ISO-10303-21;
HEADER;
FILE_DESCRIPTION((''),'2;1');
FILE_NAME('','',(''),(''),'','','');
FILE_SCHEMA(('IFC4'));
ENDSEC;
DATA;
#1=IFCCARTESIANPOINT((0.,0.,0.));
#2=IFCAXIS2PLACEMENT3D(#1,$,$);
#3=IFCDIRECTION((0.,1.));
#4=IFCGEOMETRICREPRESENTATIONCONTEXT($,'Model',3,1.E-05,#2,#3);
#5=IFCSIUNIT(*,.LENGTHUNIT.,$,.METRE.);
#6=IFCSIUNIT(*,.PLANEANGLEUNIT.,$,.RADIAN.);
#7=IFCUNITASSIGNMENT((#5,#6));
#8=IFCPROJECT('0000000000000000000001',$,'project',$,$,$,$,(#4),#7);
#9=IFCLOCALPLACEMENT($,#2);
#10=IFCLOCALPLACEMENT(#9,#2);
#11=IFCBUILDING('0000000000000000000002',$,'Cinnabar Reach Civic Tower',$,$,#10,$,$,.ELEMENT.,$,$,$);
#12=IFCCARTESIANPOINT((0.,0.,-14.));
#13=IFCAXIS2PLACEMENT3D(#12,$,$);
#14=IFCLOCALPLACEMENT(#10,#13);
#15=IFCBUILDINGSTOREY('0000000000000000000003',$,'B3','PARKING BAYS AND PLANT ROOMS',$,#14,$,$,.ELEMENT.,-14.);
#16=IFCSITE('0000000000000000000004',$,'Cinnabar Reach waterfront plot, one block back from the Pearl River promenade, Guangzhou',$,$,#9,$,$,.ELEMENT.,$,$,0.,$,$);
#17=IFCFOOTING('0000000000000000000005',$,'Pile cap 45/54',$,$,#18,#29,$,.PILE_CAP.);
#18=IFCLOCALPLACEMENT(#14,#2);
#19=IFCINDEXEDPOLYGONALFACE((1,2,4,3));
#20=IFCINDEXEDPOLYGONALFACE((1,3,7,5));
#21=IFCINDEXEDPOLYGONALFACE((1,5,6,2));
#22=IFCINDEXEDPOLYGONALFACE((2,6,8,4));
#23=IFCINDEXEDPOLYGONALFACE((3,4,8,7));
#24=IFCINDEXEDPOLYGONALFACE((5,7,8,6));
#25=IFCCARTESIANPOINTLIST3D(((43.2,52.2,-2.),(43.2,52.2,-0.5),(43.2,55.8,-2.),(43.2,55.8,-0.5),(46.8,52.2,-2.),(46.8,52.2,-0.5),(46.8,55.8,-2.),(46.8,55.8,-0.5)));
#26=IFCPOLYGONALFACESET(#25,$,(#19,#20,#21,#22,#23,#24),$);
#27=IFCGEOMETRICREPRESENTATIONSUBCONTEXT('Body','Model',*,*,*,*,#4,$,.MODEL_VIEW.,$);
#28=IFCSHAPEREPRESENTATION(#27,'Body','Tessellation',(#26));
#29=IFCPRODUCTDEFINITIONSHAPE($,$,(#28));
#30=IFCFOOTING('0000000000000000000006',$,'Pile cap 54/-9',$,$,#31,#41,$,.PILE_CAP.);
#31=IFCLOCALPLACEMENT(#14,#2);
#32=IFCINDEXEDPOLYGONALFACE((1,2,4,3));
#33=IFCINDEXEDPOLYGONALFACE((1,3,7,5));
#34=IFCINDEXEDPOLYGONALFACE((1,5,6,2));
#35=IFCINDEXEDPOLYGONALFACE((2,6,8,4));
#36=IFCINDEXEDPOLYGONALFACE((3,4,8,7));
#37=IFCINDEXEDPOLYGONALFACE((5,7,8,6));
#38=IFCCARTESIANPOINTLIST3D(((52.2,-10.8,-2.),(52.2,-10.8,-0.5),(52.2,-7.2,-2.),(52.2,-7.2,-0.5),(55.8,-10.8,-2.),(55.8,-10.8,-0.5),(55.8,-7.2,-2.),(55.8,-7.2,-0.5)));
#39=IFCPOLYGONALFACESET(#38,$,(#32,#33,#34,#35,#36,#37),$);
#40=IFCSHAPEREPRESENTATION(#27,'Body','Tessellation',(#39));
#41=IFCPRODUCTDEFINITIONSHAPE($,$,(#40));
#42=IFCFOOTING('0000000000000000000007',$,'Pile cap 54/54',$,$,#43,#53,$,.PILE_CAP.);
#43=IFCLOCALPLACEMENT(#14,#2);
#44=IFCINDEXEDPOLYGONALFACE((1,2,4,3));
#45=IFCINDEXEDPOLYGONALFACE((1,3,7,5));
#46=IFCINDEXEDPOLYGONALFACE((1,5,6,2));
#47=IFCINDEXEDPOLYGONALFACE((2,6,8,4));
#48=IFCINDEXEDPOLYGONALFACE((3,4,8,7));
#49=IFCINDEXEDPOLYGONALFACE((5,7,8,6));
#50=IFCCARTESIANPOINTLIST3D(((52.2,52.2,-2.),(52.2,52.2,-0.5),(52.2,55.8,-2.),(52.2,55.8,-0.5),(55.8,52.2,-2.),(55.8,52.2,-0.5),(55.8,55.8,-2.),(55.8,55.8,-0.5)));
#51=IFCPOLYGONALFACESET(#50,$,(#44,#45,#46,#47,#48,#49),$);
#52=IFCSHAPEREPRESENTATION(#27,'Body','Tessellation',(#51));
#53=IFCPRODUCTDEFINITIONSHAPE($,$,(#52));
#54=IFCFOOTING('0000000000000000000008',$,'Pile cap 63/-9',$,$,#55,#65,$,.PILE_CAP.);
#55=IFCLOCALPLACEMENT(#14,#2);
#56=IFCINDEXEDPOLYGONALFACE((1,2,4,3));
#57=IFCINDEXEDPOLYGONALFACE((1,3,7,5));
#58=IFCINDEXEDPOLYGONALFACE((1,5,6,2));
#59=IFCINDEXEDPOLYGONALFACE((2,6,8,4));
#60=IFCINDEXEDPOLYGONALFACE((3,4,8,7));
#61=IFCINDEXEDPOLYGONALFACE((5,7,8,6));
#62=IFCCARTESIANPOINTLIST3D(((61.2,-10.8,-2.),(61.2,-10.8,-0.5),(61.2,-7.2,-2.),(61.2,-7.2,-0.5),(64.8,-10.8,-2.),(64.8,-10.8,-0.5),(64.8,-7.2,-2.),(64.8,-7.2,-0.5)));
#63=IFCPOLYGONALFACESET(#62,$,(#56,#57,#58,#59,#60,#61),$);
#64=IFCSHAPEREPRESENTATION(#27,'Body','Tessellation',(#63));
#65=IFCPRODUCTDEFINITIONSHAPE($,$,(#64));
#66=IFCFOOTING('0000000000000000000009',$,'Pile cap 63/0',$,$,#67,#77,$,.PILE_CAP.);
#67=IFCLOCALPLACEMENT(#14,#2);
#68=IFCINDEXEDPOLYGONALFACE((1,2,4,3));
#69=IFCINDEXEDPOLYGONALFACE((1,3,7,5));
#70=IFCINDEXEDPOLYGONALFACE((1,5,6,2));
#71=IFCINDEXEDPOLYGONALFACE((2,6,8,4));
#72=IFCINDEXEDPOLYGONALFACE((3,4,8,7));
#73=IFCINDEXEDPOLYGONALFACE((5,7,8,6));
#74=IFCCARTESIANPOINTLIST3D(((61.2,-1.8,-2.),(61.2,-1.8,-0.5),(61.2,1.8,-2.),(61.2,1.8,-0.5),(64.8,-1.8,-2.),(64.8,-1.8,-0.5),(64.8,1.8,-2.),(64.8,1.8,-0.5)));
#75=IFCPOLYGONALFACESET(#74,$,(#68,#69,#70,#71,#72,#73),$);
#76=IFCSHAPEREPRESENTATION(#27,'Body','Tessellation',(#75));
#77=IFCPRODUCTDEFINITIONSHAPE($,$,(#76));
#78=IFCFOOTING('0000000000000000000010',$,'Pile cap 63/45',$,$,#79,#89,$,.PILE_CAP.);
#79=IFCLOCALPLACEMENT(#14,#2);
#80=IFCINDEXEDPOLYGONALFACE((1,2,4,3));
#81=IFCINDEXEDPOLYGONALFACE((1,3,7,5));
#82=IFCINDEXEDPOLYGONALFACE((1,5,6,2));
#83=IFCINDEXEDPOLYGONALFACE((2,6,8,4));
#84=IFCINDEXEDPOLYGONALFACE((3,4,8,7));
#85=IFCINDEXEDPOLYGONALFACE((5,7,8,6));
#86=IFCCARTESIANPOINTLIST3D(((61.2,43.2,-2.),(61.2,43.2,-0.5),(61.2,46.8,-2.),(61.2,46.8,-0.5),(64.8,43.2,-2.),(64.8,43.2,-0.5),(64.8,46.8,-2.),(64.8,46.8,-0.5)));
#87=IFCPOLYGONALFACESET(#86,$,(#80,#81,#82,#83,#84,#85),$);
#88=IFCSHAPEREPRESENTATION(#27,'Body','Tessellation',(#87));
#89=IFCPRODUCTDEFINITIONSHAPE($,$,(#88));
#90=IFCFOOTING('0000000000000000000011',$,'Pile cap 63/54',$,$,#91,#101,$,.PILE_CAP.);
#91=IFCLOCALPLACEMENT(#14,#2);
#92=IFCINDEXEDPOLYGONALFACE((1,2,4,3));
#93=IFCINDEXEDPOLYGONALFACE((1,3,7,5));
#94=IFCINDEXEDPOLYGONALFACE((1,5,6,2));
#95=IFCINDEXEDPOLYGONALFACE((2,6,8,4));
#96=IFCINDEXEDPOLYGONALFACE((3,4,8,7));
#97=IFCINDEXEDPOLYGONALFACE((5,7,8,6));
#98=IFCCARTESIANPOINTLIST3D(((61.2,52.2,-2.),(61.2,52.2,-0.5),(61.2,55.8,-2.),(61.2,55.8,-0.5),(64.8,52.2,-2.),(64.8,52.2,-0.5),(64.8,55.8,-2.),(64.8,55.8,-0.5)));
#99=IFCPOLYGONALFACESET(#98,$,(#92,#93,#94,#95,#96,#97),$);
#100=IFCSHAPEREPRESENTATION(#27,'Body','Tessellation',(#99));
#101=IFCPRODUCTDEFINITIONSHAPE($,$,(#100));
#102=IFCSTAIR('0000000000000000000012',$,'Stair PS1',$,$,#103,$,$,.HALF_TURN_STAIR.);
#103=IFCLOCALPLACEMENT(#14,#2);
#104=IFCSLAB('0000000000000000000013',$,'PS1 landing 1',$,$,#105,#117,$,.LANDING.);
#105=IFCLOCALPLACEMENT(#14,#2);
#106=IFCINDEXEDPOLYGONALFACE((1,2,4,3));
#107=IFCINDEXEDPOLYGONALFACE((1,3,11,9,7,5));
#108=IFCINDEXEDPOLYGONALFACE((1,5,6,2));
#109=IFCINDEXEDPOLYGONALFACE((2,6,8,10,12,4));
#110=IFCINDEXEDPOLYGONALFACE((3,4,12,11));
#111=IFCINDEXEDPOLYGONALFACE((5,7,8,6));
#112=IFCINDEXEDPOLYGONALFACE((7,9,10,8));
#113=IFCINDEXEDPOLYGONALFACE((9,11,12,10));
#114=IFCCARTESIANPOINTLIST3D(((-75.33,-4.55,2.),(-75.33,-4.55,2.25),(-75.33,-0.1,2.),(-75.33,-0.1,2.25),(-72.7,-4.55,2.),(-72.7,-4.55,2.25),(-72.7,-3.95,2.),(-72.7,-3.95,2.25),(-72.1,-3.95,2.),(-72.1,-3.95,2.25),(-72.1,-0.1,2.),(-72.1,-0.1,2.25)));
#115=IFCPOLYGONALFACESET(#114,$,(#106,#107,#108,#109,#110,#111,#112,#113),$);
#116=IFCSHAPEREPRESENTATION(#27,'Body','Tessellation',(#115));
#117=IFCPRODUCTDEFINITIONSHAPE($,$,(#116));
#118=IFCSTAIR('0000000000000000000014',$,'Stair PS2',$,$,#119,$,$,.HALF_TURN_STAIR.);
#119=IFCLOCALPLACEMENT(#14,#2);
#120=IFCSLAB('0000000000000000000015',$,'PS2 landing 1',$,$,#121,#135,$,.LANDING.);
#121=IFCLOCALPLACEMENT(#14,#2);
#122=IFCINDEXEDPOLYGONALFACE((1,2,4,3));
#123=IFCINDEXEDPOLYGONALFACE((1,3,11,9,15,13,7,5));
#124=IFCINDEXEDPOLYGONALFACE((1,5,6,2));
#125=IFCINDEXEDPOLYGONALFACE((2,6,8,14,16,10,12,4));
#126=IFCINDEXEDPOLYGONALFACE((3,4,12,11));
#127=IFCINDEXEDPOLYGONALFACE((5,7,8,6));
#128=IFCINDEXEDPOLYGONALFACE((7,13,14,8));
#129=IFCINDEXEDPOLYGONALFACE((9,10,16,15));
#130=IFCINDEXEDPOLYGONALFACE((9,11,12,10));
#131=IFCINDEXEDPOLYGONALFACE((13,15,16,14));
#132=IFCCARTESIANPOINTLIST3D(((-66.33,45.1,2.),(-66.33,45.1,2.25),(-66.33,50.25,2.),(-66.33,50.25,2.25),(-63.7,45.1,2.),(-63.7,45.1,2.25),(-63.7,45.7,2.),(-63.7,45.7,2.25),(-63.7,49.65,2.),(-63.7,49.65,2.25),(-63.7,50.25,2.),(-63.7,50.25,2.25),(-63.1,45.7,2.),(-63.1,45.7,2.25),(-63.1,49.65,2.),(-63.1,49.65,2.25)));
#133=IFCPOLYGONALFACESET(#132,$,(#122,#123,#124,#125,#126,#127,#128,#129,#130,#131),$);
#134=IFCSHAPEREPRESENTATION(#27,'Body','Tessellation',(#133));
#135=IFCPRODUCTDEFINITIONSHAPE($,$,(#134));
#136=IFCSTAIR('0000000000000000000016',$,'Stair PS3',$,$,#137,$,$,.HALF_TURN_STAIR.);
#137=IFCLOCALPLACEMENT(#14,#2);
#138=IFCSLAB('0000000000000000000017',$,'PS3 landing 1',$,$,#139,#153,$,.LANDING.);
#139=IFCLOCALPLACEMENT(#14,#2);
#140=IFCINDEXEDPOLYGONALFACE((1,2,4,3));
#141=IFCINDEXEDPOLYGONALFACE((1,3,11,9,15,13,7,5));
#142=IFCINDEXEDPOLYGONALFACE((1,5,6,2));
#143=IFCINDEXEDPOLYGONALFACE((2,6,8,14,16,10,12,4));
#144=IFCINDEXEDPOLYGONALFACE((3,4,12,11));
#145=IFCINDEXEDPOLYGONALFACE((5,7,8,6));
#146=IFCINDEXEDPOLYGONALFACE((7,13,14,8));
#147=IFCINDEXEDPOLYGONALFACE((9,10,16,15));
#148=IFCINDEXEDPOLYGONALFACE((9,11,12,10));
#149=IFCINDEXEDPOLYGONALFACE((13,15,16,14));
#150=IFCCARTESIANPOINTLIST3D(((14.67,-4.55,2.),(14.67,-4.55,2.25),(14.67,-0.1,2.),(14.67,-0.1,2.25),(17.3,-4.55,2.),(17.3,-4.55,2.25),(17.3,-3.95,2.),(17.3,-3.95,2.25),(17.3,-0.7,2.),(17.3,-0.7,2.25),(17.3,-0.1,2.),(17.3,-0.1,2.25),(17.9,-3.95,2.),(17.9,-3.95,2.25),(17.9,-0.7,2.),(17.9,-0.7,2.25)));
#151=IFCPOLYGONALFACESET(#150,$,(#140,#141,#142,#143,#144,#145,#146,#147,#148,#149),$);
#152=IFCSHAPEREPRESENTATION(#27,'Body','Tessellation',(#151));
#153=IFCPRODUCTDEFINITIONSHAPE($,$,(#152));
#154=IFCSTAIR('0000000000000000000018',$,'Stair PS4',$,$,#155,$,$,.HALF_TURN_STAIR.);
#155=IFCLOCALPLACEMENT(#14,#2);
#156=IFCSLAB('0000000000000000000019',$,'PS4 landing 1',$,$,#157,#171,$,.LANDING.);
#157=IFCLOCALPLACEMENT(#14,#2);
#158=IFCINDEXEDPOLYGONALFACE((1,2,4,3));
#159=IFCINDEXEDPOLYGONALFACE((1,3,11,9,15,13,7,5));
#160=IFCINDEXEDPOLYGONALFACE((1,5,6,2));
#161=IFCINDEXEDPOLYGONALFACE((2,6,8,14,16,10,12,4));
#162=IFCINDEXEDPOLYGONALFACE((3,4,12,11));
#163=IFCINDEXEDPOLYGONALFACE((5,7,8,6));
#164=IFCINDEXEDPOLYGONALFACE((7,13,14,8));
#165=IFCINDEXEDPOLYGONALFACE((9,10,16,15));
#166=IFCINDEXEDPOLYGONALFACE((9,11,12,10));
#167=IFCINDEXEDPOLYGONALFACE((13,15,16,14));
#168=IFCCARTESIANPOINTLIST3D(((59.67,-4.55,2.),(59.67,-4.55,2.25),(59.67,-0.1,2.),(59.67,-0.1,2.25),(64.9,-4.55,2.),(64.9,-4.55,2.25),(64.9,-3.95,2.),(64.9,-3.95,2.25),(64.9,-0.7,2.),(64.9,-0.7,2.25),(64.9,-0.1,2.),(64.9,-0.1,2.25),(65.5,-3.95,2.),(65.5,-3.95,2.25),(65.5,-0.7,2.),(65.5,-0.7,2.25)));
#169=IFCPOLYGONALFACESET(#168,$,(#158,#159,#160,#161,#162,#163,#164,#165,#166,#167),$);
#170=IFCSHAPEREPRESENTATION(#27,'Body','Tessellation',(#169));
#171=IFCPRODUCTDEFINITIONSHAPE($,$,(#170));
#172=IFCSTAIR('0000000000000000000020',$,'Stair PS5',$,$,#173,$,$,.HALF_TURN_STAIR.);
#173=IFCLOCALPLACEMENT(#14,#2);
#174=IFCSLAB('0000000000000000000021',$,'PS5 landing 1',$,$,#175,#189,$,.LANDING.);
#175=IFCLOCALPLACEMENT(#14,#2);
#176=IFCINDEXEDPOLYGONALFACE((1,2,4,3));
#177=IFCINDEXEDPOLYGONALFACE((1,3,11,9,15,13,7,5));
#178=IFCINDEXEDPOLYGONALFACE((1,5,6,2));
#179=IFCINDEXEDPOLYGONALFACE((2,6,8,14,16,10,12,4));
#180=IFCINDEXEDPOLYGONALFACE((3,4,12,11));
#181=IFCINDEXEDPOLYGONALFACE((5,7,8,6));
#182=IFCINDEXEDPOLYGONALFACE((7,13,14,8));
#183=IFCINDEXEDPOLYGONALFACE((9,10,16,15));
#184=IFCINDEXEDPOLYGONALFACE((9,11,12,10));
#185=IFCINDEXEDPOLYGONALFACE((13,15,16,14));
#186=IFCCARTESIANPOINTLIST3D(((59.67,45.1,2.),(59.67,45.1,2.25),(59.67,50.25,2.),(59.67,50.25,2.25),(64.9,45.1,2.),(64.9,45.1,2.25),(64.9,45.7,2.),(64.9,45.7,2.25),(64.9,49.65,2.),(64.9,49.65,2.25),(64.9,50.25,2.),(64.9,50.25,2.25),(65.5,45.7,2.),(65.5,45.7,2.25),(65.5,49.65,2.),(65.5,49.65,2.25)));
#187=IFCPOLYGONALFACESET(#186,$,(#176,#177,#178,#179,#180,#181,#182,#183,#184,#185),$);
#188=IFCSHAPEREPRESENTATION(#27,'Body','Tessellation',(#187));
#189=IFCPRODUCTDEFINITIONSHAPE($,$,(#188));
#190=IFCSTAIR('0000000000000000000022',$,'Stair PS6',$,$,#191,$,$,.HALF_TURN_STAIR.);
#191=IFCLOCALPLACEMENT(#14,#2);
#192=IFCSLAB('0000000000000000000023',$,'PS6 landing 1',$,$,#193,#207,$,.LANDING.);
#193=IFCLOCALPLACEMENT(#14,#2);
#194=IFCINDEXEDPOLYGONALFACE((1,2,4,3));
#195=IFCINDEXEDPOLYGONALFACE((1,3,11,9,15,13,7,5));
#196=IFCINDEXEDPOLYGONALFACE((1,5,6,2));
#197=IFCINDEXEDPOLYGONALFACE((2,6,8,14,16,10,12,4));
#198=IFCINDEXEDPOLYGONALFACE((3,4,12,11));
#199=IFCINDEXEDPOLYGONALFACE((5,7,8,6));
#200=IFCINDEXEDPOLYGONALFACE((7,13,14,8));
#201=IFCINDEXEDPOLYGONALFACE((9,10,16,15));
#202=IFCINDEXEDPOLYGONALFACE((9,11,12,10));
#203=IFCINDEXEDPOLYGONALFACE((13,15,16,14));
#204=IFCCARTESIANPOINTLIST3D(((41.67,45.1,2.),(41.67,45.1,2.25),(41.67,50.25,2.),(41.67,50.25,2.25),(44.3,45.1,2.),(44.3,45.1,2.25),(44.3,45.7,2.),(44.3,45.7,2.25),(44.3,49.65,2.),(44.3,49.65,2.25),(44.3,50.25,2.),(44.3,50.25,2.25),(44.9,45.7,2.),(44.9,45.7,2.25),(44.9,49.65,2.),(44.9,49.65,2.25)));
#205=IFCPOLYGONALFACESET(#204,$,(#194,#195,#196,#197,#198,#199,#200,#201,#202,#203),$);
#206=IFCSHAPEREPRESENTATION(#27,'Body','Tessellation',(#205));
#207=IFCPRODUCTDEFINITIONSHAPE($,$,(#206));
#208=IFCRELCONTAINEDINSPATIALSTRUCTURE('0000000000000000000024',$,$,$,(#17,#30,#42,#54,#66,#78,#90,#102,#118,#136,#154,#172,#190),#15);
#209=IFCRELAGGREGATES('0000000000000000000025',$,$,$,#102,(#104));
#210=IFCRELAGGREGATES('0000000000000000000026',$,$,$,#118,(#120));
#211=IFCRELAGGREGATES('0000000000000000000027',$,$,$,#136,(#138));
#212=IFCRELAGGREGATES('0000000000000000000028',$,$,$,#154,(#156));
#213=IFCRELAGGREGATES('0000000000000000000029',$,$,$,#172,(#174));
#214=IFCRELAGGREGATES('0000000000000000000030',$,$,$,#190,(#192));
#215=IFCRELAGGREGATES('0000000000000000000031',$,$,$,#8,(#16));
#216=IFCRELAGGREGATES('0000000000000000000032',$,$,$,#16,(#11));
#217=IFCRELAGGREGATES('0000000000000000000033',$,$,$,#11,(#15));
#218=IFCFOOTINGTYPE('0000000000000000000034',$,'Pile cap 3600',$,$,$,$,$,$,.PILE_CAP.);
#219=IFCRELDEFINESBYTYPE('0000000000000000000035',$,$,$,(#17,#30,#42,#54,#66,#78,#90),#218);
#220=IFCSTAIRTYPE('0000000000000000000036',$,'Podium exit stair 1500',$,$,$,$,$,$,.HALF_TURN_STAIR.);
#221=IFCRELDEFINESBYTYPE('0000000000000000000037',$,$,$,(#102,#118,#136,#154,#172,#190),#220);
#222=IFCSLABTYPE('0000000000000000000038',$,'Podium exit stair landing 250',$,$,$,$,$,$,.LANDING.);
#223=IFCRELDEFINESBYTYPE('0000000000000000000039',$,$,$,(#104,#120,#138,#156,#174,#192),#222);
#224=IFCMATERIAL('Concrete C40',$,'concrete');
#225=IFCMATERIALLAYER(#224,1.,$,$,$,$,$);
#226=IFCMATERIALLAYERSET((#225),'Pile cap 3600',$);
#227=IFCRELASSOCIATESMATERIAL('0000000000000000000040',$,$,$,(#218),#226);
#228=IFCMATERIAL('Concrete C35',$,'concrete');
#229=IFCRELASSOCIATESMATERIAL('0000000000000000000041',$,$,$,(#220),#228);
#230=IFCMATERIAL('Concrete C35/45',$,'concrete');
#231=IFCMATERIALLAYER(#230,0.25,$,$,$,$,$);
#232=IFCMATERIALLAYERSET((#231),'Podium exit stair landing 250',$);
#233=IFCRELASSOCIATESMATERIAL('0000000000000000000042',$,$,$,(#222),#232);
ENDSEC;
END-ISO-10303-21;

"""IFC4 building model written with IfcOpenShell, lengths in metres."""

from ifc_helpers import new_model, si_unit, direction, frame, origin, place, context, subcontext, project, spatial, polyline, outline, extrude, material, layer, layer_set, type_object, element, aggregate, save


model = new_model("IFC4")

# Units and contexts
model_context = context("Model", 3, precision=1e-05, world=origin(), true_north=direction((0.0, 1.0)))
body_context = subcontext(model_context, "Body", "Model", "MODEL_VIEW")
ifc_project = project(units=[si_unit("LENGTHUNIT", "METRE"), si_unit("PLANEANGLEUNIT", "RADIAN")], contexts=[model_context])

# Site, building, storey
site_placement = place(None, origin())
site = spatial("IfcSite", under=ifc_project, at=site_placement, Name="Cinnabar Reach waterfront plot, one block back from the Pearl River promenade, Guangzhou", CompositionType="ELEMENT", RefElevation=0.0)
building_placement = place(site_placement, origin())
building = spatial("IfcBuilding", under=site, at=building_placement, Name="Cinnabar Reach Civic Tower", CompositionType="ELEMENT")
storey_placement = place(building_placement, frame((0.0, 0.0, -14.0)))
storey = spatial("IfcBuildingStorey", under=building, at=storey_placement, Name="B3", Description="PARKING BAYS AND PLANT ROOMS", CompositionType="ELEMENT", Elevation=-14.0)

# Shared definitions
ifc_material_1 = material(Name="Concrete C40", Category="concrete")

# Footings
ifc_layer_1 = layer(ifc_material_1, 1.0)
ifc_layer_set_1 = layer_set([ifc_layer_1], Name="Pile cap 3600")
footing_type = type_object("IfcFootingType", Name="Pile cap 3600", PredefinedType="PILE_CAP", material=ifc_layer_set_1)
footing_1_placement = place(storey_placement, frame((0.0, 0.0, -2.0)))
element("IfcFooting", 1, at=footing_1_placement, inside=storey, type_object=footing_type, Name="Pile cap 45/54", PredefinedType="PILE_CAP", context=body_context, shape_type="SweptSolid", body=[
    extrude(outline(polyline([(43.2, 52.2), (46.8, 52.2), (46.8, 55.8), (43.2, 55.8), (43.2, 52.2)])), origin(), (0.0, 0.0, 1.0), 1.5),
])
footing_2_placement = place(storey_placement, frame((0.0, 0.0, -2.0)))
element("IfcFooting", 2, at=footing_2_placement, inside=storey, type_object=footing_type, Name="Pile cap 54/-9", PredefinedType="PILE_CAP", context=body_context, shape_type="SweptSolid", body=[
    extrude(outline(polyline([(52.2, -10.8), (55.8, -10.8), (55.8, -7.2), (52.2, -7.2), (52.2, -10.8)])), origin(), (0.0, 0.0, 1.0), 1.5),
])
footing_3_placement = place(storey_placement, frame((0.0, 0.0, -2.0)))
element("IfcFooting", 3, at=footing_3_placement, inside=storey, type_object=footing_type, Name="Pile cap 54/54", PredefinedType="PILE_CAP", context=body_context, shape_type="SweptSolid", body=[
    extrude(outline(polyline([(52.2, 52.2), (55.8, 52.2), (55.8, 55.8), (52.2, 55.8), (52.2, 52.2)])), origin(), (0.0, 0.0, 1.0), 1.5),
])
footing_4_placement = place(storey_placement, frame((0.0, 0.0, -2.0)))
element("IfcFooting", 4, at=footing_4_placement, inside=storey, type_object=footing_type, Name="Pile cap 63/-9", PredefinedType="PILE_CAP", context=body_context, shape_type="SweptSolid", body=[
    extrude(outline(polyline([(61.2, -10.8), (64.8, -10.8), (64.8, -7.2), (61.2, -7.2), (61.2, -10.8)])), origin(), (0.0, 0.0, 1.0), 1.5),
])
footing_5_placement = place(storey_placement, frame((0.0, 0.0, -2.0)))
element("IfcFooting", 5, at=footing_5_placement, inside=storey, type_object=footing_type, Name="Pile cap 63/0", PredefinedType="PILE_CAP", context=body_context, shape_type="SweptSolid", body=[
    extrude(outline(polyline([(61.2, -1.8), (64.8, -1.8), (64.8, 1.8), (61.2, 1.8), (61.2, -1.8)])), origin(), (0.0, 0.0, 1.0), 1.5),
])
footing_6_placement = place(storey_placement, frame((0.0, 0.0, -2.0)))
element("IfcFooting", 6, at=footing_6_placement, inside=storey, type_object=footing_type, Name="Pile cap 63/45", PredefinedType="PILE_CAP", context=body_context, shape_type="SweptSolid", body=[
    extrude(outline(polyline([(61.2, 43.2), (64.8, 43.2), (64.8, 46.8), (61.2, 46.8), (61.2, 43.2)])), origin(), (0.0, 0.0, 1.0), 1.5),
])
footing_7_placement = place(storey_placement, frame((0.0, 0.0, -2.0)))
element("IfcFooting", 7, at=footing_7_placement, inside=storey, type_object=footing_type, Name="Pile cap 63/54", PredefinedType="PILE_CAP", context=body_context, shape_type="SweptSolid", body=[
    extrude(outline(polyline([(61.2, 52.2), (64.8, 52.2), (64.8, 55.8), (61.2, 55.8), (61.2, 52.2)])), origin(), (0.0, 0.0, 1.0), 1.5),
])

# Stairs, slabs
ifc_material_2 = material(Name="Concrete C35", Category="concrete")
stair_type_1 = type_object("IfcStairType", Name="Podium exit stair 1500", PredefinedType="HALF_TURN_STAIR", material=ifc_material_2)
stair_1_placement = place(storey_placement, origin())
stair_1 = element("IfcStair", 8, at=stair_1_placement, inside=storey, type_object=stair_type_1, Name="Stair PS1", PredefinedType="HALF_TURN_STAIR")
ifc_material_3 = material(Name="Concrete C35/45", Category="concrete")
ifc_layer_2 = layer(ifc_material_3, 0.25)
ifc_layer_set_2 = layer_set([ifc_layer_2], Name="Podium exit stair landing 250")
slab_type_1 = type_object("IfcSlabType", Name="Podium exit stair landing 250", PredefinedType="LANDING", material=ifc_layer_set_2)
slab_1_placement = place(storey_placement, frame((0.0, 0.0, 2.0)))
slab_1 = element("IfcSlab", 9, at=slab_1_placement, type_object=slab_type_1, Name="PS1 landing 1", PredefinedType="LANDING", context=body_context, shape_type="SweptSolid", body=[
    extrude(outline(polyline([(-75.33, -4.55), (-75.33, -0.1), (-72.1, -0.1), (-72.1, -3.95), (-72.7, -3.95), (-72.7, -4.55), (-75.33, -4.55)])), origin(), (0.0, 0.0, 1.0), 0.25),
])
aggregate(stair_1, [slab_1])
stair_2_placement = place(storey_placement, origin())
stair_2 = element("IfcStair", 10, at=stair_2_placement, inside=storey, type_object=stair_type_1, Name="Stair PS2", PredefinedType="HALF_TURN_STAIR")
slab_2_placement = place(storey_placement, frame((0.0, 0.0, 2.0)))
slab_2 = element("IfcSlab", 11, at=slab_2_placement, type_object=slab_type_1, Name="PS2 landing 1", PredefinedType="LANDING", context=body_context, shape_type="SweptSolid", body=[
    extrude(outline(polyline([(-63.1, 45.7), (-63.7, 45.7), (-63.7, 45.1), (-66.33, 45.1), (-66.33, 50.25), (-63.7, 50.25), (-63.7, 49.65), (-63.1, 49.65), (-63.1, 45.7)])), origin(), (0.0, 0.0, 1.0), 0.25),
])
aggregate(stair_2, [slab_2])
stair_3_placement = place(storey_placement, origin())
stair_3 = element("IfcStair", 12, at=stair_3_placement, inside=storey, type_object=stair_type_1, Name="Stair PS3", PredefinedType="HALF_TURN_STAIR")
slab_3_placement = place(storey_placement, frame((0.0, 0.0, 2.0)))
slab_3 = element("IfcSlab", 13, at=slab_3_placement, type_object=slab_type_1, Name="PS3 landing 1", PredefinedType="LANDING", context=body_context, shape_type="SweptSolid", body=[
    extrude(outline(polyline([(17.9, -3.95), (17.3, -3.95), (17.3, -4.55), (14.67, -4.55), (14.67, -0.1), (17.3, -0.1), (17.3, -0.7), (17.9, -0.7), (17.9, -3.95)])), origin(), (0.0, 0.0, 1.0), 0.25),
])
aggregate(stair_3, [slab_3])
stair_4_placement = place(storey_placement, origin())
stair_4 = element("IfcStair", 14, at=stair_4_placement, inside=storey, type_object=stair_type_1, Name="Stair PS4", PredefinedType="HALF_TURN_STAIR")
slab_4_placement = place(storey_placement, frame((0.0, 0.0, 2.0)))
slab_4 = element("IfcSlab", 15, at=slab_4_placement, type_object=slab_type_1, Name="PS4 landing 1", PredefinedType="LANDING", context=body_context, shape_type="SweptSolid", body=[
    extrude(outline(polyline([(65.5, -3.95), (64.9, -3.95), (64.9, -4.55), (59.67, -4.55), (59.67, -0.1), (64.9, -0.1), (64.9, -0.7), (65.5, -0.7), (65.5, -3.95)])), origin(), (0.0, 0.0, 1.0), 0.25),
])
aggregate(stair_4, [slab_4])
stair_5_placement = place(storey_placement, origin())
stair_5 = element("IfcStair", 16, at=stair_5_placement, inside=storey, type_object=stair_type_1, Name="Stair PS5", PredefinedType="HALF_TURN_STAIR")
slab_5_placement = place(storey_placement, frame((0.0, 0.0, 2.0)))
slab_5 = element("IfcSlab", 17, at=slab_5_placement, type_object=slab_type_1, Name="PS5 landing 1", PredefinedType="LANDING", context=body_context, shape_type="SweptSolid", body=[
    extrude(outline(polyline([(65.5, 45.7), (64.9, 45.7), (64.9, 45.1), (59.67, 45.1), (59.67, 50.25), (64.9, 50.25), (64.9, 49.65), (65.5, 49.65), (65.5, 45.7)])), origin(), (0.0, 0.0, 1.0), 0.25),
])
aggregate(stair_5, [slab_5])
stair_6_placement = place(storey_placement, origin())
stair_6 = element("IfcStair", 18, at=stair_6_placement, inside=storey, type_object=stair_type_1, Name="Stair PS6", PredefinedType="HALF_TURN_STAIR")
slab_6_placement = place(storey_placement, frame((0.0, 0.0, 2.0)))
slab_6 = element("IfcSlab", 19, at=slab_6_placement, type_object=slab_type_1, Name="PS6 landing 1", PredefinedType="LANDING", context=body_context, shape_type="SweptSolid", body=[
    extrude(outline(polyline([(44.9, 45.7), (44.3, 45.7), (44.3, 45.1), (41.67, 45.1), (41.67, 50.25), (44.3, 50.25), (44.3, 49.65), (44.9, 49.65), (44.9, 45.7)])), origin(), (0.0, 0.0, 1.0), 0.25),
])
aggregate(stair_6, [slab_6])

save(model, "model.ifc")
